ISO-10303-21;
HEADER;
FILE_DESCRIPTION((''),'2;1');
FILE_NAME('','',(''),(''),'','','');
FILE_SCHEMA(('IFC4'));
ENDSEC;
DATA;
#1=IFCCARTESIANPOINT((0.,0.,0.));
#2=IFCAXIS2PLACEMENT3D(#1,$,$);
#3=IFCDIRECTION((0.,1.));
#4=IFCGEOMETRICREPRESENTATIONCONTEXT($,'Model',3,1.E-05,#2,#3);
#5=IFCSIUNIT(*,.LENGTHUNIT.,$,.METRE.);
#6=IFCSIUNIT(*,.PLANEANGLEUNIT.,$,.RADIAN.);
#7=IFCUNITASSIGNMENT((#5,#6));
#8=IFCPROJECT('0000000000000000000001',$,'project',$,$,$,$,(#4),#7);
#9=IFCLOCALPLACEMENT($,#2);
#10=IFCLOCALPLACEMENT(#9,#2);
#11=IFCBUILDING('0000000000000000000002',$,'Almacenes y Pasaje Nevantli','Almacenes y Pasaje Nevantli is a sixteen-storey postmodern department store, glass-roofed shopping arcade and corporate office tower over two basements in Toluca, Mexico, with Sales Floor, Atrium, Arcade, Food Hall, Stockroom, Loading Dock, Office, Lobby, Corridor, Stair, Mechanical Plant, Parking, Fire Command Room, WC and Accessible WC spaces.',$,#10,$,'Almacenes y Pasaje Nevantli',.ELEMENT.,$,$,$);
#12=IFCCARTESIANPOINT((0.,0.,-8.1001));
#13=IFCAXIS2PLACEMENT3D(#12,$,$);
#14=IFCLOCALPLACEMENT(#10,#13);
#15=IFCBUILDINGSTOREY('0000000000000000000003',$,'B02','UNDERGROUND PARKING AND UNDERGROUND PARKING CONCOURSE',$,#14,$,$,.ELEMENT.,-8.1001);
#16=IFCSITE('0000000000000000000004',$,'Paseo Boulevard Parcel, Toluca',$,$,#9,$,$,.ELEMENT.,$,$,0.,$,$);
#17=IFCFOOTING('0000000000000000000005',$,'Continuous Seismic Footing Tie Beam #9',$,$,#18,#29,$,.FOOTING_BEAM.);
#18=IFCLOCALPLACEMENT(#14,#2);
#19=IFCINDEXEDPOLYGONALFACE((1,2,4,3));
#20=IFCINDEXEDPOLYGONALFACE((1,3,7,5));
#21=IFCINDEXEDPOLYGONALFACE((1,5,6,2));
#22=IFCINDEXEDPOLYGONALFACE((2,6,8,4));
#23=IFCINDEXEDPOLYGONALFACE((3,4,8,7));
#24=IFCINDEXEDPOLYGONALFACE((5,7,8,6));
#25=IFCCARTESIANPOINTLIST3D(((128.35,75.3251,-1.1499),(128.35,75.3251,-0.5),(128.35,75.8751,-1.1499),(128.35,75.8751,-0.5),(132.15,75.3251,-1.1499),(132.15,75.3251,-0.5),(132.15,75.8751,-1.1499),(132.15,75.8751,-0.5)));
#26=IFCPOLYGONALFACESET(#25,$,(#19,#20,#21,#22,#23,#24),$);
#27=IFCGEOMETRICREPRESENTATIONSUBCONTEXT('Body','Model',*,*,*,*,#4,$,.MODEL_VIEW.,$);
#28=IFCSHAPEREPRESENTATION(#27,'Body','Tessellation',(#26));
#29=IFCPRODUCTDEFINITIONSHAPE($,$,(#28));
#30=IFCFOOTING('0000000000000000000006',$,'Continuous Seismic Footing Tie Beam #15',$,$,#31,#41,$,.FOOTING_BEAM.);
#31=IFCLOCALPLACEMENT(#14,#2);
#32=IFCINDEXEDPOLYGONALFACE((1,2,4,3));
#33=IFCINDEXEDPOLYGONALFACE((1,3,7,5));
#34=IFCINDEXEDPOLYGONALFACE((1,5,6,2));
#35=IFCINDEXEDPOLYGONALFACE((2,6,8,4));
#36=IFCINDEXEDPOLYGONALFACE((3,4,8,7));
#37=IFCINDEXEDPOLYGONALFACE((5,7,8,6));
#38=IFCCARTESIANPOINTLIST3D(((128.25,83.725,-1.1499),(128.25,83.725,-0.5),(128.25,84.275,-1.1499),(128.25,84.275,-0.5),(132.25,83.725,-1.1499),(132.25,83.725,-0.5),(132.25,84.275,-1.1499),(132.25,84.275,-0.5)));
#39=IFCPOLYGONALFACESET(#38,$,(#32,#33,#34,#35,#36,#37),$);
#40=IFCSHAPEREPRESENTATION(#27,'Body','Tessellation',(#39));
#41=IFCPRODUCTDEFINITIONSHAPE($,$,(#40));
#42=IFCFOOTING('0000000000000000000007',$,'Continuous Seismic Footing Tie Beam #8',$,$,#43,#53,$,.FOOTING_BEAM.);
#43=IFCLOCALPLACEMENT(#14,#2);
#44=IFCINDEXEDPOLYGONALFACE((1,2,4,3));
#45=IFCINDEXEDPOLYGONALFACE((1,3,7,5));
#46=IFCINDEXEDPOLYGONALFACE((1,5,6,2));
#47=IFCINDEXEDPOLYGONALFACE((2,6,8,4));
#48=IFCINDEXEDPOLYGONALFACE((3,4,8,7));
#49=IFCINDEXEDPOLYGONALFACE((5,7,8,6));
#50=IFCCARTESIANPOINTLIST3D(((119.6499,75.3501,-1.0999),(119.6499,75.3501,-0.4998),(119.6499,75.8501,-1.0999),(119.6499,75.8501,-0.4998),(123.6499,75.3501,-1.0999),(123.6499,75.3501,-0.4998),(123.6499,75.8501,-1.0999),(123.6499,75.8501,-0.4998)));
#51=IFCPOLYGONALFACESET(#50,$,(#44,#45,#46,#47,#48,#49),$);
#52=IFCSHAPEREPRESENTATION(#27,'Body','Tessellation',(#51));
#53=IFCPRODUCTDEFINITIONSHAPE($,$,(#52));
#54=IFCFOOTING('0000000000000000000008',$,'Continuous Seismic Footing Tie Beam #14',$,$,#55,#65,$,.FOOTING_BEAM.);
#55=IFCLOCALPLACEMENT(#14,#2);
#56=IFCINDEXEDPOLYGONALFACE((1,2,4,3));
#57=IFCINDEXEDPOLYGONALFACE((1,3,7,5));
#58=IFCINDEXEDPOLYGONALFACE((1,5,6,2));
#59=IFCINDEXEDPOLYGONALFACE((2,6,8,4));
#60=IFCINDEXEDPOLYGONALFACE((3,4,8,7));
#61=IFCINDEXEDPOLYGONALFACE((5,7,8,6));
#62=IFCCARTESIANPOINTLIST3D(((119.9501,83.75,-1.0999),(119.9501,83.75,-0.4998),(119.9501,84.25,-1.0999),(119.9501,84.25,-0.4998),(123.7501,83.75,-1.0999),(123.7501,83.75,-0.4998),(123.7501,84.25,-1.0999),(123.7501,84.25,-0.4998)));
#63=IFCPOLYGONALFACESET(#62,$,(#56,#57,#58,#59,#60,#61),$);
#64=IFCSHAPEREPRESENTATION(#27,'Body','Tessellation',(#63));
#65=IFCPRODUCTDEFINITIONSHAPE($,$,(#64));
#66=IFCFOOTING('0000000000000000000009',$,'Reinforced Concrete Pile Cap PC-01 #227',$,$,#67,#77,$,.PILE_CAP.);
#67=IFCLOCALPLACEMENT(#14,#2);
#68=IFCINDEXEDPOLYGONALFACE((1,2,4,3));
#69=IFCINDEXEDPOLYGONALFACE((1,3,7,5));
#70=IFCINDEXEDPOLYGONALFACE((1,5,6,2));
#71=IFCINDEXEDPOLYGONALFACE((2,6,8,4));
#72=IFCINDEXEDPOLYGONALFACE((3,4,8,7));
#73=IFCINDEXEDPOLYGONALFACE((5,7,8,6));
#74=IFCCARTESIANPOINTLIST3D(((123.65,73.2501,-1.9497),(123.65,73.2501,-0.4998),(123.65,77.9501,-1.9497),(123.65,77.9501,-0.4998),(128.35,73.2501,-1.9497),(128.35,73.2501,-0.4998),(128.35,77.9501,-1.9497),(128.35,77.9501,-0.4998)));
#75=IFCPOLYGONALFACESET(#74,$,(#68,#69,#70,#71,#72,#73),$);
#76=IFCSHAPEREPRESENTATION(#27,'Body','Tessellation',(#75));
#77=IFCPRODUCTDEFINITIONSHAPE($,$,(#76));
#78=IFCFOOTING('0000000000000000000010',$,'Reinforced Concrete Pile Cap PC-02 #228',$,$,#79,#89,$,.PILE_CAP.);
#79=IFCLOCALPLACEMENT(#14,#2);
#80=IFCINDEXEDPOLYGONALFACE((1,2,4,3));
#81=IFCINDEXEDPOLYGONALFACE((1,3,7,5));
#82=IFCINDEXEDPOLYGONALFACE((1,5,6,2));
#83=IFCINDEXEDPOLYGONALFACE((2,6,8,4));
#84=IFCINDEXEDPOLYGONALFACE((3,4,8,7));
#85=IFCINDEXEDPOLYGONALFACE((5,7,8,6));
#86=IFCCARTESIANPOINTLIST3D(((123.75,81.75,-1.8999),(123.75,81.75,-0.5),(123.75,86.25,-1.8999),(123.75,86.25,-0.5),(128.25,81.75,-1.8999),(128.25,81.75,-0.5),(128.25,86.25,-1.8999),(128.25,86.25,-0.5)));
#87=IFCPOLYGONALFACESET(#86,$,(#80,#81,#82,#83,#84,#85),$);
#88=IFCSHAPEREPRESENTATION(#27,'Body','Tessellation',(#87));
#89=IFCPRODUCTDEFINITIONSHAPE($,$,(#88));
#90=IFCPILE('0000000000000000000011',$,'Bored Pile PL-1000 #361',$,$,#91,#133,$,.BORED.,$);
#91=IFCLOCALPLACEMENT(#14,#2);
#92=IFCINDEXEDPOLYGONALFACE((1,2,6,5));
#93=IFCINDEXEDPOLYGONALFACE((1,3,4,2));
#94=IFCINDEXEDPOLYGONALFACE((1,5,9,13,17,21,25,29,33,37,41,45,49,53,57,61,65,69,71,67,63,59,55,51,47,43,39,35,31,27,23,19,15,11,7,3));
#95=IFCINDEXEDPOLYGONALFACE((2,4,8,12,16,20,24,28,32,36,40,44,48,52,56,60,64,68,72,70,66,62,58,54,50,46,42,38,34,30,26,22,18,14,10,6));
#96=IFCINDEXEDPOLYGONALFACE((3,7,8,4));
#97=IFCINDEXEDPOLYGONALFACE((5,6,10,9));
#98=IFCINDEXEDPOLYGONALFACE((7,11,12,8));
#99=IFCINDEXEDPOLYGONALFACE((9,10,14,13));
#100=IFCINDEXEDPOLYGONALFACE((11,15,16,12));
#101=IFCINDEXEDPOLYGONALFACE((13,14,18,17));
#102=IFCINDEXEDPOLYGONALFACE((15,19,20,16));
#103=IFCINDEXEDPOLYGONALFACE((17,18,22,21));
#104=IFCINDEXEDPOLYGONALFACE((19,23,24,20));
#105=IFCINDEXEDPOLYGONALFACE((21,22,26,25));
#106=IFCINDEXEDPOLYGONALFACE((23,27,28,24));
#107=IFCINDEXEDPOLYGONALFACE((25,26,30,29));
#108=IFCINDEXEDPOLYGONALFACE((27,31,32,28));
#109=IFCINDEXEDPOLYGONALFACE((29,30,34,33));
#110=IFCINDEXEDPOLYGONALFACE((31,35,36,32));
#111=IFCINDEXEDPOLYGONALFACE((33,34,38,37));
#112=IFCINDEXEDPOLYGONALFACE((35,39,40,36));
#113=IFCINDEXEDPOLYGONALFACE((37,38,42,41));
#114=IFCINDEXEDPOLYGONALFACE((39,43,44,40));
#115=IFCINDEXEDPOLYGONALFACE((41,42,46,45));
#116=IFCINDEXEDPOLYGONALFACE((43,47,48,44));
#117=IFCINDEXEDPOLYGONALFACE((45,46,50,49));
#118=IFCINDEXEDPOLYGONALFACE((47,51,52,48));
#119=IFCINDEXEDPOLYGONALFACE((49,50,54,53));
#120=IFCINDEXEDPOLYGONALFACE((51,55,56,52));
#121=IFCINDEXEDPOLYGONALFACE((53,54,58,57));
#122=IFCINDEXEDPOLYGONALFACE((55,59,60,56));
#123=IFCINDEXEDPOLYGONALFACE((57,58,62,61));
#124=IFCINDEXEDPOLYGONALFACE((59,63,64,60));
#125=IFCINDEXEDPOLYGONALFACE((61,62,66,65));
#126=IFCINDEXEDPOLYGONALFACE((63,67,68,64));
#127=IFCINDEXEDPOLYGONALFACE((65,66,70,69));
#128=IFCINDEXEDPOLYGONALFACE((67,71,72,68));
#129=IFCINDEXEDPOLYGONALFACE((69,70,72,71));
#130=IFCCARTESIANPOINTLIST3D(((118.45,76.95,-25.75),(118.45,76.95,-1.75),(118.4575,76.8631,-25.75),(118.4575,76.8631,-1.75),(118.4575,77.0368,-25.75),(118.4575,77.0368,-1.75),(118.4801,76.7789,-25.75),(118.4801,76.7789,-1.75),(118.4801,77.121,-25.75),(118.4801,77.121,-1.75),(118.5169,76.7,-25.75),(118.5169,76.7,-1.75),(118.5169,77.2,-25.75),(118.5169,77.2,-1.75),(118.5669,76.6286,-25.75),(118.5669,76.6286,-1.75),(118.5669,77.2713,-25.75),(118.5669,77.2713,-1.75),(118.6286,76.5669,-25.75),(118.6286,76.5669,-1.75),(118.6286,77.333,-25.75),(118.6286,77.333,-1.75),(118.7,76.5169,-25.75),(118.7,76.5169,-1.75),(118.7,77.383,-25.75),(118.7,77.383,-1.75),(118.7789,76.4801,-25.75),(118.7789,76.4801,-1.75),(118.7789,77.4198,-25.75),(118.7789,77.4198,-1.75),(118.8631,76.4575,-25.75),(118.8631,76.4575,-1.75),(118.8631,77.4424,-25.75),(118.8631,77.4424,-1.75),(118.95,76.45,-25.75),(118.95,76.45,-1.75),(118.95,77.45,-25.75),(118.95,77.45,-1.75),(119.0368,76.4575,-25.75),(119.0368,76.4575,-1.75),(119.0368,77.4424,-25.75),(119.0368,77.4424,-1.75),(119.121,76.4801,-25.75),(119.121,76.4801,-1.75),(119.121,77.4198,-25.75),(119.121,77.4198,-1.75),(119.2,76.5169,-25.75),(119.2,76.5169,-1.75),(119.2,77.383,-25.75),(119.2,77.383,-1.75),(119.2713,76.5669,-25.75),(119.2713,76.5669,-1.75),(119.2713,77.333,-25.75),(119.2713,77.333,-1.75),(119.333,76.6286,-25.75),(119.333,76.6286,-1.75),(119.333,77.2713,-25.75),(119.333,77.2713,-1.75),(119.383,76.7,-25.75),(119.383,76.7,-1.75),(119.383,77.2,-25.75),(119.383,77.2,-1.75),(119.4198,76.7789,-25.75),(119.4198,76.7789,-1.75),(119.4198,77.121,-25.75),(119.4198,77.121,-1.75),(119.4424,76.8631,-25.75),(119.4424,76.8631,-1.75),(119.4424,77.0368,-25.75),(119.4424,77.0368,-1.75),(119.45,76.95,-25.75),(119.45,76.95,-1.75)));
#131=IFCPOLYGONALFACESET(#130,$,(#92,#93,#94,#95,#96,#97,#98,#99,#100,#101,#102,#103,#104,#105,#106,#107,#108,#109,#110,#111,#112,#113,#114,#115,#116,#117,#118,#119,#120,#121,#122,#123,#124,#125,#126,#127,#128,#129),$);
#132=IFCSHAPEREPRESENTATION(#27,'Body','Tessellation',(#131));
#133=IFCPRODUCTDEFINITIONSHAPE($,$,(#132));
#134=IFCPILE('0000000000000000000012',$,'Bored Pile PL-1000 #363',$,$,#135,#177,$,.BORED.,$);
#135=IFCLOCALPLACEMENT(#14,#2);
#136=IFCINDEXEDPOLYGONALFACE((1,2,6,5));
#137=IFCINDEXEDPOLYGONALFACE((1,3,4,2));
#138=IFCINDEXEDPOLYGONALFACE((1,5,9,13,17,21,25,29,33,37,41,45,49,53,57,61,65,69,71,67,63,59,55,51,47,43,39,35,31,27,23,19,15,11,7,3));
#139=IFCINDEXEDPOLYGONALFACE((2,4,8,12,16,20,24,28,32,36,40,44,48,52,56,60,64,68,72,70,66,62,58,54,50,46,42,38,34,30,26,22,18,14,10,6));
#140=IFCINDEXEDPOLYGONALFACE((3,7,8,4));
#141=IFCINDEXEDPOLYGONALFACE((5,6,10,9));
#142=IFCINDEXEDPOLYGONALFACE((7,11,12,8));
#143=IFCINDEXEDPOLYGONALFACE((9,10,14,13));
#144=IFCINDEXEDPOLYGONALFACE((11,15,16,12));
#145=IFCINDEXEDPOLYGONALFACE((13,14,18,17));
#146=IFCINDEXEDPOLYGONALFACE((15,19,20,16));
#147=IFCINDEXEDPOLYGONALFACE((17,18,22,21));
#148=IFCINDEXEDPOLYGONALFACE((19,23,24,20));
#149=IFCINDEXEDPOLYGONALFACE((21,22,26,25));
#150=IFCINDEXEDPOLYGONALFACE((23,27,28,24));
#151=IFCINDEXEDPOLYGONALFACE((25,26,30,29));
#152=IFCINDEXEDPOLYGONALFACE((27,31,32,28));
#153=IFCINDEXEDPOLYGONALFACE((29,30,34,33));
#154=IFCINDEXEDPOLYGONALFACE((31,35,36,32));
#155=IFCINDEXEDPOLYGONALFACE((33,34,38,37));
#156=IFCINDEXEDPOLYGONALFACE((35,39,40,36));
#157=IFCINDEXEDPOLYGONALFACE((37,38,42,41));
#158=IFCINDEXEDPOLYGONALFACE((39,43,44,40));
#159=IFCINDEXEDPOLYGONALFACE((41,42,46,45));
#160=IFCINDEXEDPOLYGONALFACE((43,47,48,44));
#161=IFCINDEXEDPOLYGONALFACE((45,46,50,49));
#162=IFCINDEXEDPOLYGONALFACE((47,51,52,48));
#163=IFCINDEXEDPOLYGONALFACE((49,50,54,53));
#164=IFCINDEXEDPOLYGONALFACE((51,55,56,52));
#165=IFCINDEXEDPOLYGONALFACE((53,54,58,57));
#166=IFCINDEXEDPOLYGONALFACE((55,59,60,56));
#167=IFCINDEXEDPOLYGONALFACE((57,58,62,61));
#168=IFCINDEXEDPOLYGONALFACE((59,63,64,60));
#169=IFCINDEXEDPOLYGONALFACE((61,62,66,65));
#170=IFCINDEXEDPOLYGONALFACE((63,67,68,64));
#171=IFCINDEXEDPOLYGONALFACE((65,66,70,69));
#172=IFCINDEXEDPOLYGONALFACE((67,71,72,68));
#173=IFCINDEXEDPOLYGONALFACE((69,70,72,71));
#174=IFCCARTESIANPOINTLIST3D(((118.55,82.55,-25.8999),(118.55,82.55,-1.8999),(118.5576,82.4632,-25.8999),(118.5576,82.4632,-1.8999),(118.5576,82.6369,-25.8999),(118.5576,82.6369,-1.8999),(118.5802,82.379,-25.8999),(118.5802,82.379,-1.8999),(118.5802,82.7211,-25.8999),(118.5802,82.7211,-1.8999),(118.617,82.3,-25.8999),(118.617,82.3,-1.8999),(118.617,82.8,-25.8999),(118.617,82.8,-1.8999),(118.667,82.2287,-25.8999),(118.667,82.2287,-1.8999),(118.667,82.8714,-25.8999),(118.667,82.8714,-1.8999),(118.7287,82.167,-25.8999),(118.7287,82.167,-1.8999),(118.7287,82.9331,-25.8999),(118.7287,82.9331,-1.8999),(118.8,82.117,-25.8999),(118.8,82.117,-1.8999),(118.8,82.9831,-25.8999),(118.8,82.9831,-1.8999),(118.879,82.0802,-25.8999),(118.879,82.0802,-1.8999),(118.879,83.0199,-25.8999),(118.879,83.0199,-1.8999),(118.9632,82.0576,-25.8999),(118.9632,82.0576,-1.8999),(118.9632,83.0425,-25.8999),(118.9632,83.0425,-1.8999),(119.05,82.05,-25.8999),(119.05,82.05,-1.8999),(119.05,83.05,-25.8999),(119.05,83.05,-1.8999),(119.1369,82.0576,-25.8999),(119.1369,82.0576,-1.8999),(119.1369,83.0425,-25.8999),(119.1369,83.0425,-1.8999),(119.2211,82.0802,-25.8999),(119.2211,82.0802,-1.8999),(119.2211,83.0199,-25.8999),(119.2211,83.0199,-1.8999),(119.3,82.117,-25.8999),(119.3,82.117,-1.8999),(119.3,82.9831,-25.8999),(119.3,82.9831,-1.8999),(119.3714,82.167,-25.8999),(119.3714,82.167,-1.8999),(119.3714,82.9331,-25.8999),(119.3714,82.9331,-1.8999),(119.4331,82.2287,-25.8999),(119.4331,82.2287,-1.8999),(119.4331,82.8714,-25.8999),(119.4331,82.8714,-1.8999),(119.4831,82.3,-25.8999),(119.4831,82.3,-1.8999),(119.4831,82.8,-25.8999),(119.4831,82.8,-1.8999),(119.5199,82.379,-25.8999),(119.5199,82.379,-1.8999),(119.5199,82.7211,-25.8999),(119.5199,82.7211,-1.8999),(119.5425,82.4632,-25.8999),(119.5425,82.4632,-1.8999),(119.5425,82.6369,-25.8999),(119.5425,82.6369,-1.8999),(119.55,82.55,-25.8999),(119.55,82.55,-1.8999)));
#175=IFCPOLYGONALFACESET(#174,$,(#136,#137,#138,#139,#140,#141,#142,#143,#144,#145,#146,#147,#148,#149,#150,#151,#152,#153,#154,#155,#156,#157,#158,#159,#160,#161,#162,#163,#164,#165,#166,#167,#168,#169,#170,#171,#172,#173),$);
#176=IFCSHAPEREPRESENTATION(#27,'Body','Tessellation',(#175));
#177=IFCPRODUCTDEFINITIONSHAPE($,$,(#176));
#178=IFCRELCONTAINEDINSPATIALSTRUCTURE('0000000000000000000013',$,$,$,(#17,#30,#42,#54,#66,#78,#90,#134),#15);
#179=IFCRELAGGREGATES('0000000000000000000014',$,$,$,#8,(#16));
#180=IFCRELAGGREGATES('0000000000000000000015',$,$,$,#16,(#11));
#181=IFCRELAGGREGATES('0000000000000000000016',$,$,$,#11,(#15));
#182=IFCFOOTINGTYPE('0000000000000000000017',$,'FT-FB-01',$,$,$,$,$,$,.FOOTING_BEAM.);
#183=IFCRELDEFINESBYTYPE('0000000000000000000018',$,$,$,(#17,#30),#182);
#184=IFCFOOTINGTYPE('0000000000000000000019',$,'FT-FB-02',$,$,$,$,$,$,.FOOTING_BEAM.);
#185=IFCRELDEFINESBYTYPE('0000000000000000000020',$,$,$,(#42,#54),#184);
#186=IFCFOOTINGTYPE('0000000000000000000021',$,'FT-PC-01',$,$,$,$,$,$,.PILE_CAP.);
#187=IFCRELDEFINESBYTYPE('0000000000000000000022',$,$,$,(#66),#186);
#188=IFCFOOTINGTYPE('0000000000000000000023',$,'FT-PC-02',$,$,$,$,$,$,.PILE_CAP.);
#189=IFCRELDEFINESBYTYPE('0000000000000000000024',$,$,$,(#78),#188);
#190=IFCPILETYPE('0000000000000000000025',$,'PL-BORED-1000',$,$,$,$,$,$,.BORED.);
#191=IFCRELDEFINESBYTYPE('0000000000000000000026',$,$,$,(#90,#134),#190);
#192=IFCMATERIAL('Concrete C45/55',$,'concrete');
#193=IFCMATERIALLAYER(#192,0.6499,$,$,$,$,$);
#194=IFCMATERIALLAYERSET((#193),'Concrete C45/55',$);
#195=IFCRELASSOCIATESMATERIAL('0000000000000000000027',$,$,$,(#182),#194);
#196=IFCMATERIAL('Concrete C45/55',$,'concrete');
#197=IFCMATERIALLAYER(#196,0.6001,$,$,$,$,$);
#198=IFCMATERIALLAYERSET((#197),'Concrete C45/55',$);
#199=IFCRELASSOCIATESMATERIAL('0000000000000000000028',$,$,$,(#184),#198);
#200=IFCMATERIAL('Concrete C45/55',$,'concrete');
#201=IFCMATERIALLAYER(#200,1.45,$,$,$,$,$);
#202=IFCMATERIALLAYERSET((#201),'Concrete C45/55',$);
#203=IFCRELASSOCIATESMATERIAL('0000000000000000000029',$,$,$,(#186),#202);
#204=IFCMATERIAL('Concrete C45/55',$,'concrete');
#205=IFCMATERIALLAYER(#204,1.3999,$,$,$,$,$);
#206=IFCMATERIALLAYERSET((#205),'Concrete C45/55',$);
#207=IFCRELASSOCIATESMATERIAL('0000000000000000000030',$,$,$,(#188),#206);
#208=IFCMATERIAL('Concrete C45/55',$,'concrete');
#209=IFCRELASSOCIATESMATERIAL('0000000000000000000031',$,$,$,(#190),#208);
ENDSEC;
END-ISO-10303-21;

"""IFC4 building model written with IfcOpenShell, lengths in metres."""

from ifc_helpers import new_model, si_unit, direction, frame, origin, origin_2d, place, context, subcontext, project, spatial, rectangle, circle, extrude, material, layer, layer_set, material_profile, profile_set, type_object, element, save


model = new_model("IFC4")

# Units and contexts
model_context = context("Model", 3, precision=1e-05, world=origin(), true_north=direction((0.0, 1.0)))
body_context = subcontext(model_context, "Body", "Model", "MODEL_VIEW")
ifc_project = project(units=[si_unit("LENGTHUNIT", "METRE"), si_unit("PLANEANGLEUNIT", "RADIAN")], contexts=[model_context])

# Site, building, storey
site_placement = place(None, origin())
site = spatial("IfcSite", under=ifc_project, at=site_placement, Name="Paseo Boulevard Parcel, Toluca", CompositionType="ELEMENT", RefElevation=0.0)
building_placement = place(site_placement, origin())
building = spatial("IfcBuilding", under=site, at=building_placement, Name="Almacenes y Pasaje Nevantli", Description="Almacenes y Pasaje Nevantli is a sixteen-storey postmodern department store, glass-roofed shopping arcade and corporate office tower over two basements in Toluca, Mexico, with Sales Floor, Atrium, Arcade, Food Hall, Stockroom, Loading Dock, Office, Lobby, Corridor, Stair, Mechanical Plant, Parking, Fire Command Room, WC and Accessible WC spaces.", LongName="Almacenes y Pasaje Nevantli", CompositionType="ELEMENT")
storey_placement = place(building_placement, frame((0.0, 0.0, -8.1001)))
storey = spatial("IfcBuildingStorey", under=building, at=storey_placement, Name="B02", Description="UNDERGROUND PARKING AND UNDERGROUND PARKING CONCOURSE", CompositionType="ELEMENT", Elevation=-8.1001)

# Footings
ifc_material_1 = material(Name="Concrete C45/55", Category="concrete")
ifc_layer_1 = layer(ifc_material_1, 0.6499)
ifc_layer_set_1 = layer_set([ifc_layer_1], Name="Concrete C45/55")
footing_type_1 = type_object("IfcFootingType", Name="FT-FB-01", PredefinedType="FOOTING_BEAM", material=ifc_layer_set_1)
footing_1_placement = place(storey_placement, frame((130.25, 75.6001, -1.1499), z_axis=(0.0, 0.0, 1.0), x_axis=(1.0, 0.0, 0.0)))
element("IfcFooting", 1, at=footing_1_placement, inside=storey, type_object=footing_type_1, Name="Continuous Seismic Footing Tie Beam #9", PredefinedType="FOOTING_BEAM", context=body_context, shape_type="SweptSolid", body=[
    extrude(rectangle(XDim=3.8, YDim=0.55, at=origin_2d()), origin(), (0.0, 0.0, 1.0), 0.6499),
])
footing_2_placement = place(storey_placement, frame((130.25, 84.0, -1.1499), z_axis=(0.0, 0.0, 1.0), x_axis=(1.0, 0.0, 0.0)))
element("IfcFooting", 2, at=footing_2_placement, inside=storey, type_object=footing_type_1, Name="Continuous Seismic Footing Tie Beam #15", PredefinedType="FOOTING_BEAM", context=body_context, shape_type="SweptSolid", body=[
    extrude(rectangle(XDim=4.0, YDim=0.55, at=origin_2d()), origin(), (0.0, 0.0, 1.0), 0.6499),
])
ifc_material_2 = material(Name="Concrete C45/55", Category="concrete")
ifc_layer_2 = layer(ifc_material_2, 0.6001)
ifc_layer_set_2 = layer_set([ifc_layer_2], Name="Concrete C45/55")
footing_type_2 = type_object("IfcFootingType", Name="FT-FB-02", PredefinedType="FOOTING_BEAM", material=ifc_layer_set_2)
footing_3_placement = place(storey_placement, frame((121.6499, 75.6001, -1.0999), z_axis=(0.0, 0.0, 1.0), x_axis=(1.0, 0.0, 0.0)))
element("IfcFooting", 3, at=footing_3_placement, inside=storey, type_object=footing_type_2, Name="Continuous Seismic Footing Tie Beam #8", PredefinedType="FOOTING_BEAM", context=body_context, shape_type="SweptSolid", body=[
    extrude(rectangle(XDim=4.0, YDim=0.5, at=origin_2d()), origin(), (0.0, 0.0, 1.0), 0.6001),
])
footing_4_placement = place(storey_placement, frame((121.8501, 84.0, -1.0999), z_axis=(0.0, 0.0, 1.0), x_axis=(1.0, 0.0, 0.0)))
element("IfcFooting", 4, at=footing_4_placement, inside=storey, type_object=footing_type_2, Name="Continuous Seismic Footing Tie Beam #14", PredefinedType="FOOTING_BEAM", context=body_context, shape_type="SweptSolid", body=[
    extrude(rectangle(XDim=3.8, YDim=0.5, at=origin_2d()), origin(), (0.0, 0.0, 1.0), 0.6001),
])
ifc_material_3 = material(Name="Concrete C45/55", Category="concrete")
ifc_layer_3 = layer(ifc_material_3, 1.45)
ifc_layer_set_3 = layer_set([ifc_layer_3], Name="Concrete C45/55")
footing_type_3 = type_object("IfcFootingType", Name="FT-PC-01", PredefinedType="PILE_CAP", material=ifc_layer_set_3)
footing_5_placement = place(storey_placement, frame((126.0, 75.6001, -1.9497), z_axis=(0.0, 0.0, 1.0), x_axis=(1.0, 0.0, 0.0)))
element("IfcFooting", 5, at=footing_5_placement, inside=storey, type_object=footing_type_3, Name="Reinforced Concrete Pile Cap PC-01 #227", PredefinedType="PILE_CAP", context=body_context, shape_type="SweptSolid", body=[
    extrude(rectangle(XDim=4.7, YDim=4.7, at=origin_2d()), origin(), (0.0, 0.0, 1.0), 1.45),
])
ifc_material_4 = material(Name="Concrete C45/55", Category="concrete")
ifc_layer_4 = layer(ifc_material_4, 1.3999)
ifc_layer_set_4 = layer_set([ifc_layer_4], Name="Concrete C45/55")
footing_type_4 = type_object("IfcFootingType", Name="FT-PC-02", PredefinedType="PILE_CAP", material=ifc_layer_set_4)
footing_6_placement = place(storey_placement, frame((126.0, 84.0, -1.8999), z_axis=(0.0, 0.0, 1.0), x_axis=(1.0, 0.0, 0.0)))
element("IfcFooting", 6, at=footing_6_placement, inside=storey, type_object=footing_type_4, Name="Reinforced Concrete Pile Cap PC-02 #228", PredefinedType="PILE_CAP", context=body_context, shape_type="SweptSolid", body=[
    extrude(rectangle(XDim=4.5, YDim=4.5, at=origin_2d()), origin(), (0.0, 0.0, 1.0), 1.3999),
])

# Piles
ifc_material_5 = material(Name="Concrete C45/55", Category="concrete")
ifc_material_profile_1 = material_profile(ifc_material_5, circle(Radius=0.5, at=origin_2d()), Name="RC-PILE-D1000")
ifc_profile_set_1 = profile_set([ifc_material_profile_1], Name="Concrete C45/55")
pile_type = type_object("IfcPileType", Name="PL-BORED-1000", PredefinedType="BORED", material=ifc_profile_set_1)
for number, where, z_axis, x_axis, name in (
    (7, (118.95, 76.95, -1.75), (0.0, 0.0, -1.0), (1.0, 0.0, 0.0), "Bored Pile PL-1000 #361"),
    (8, (119.05, 82.55, -1.8999), (0.0, 0.0, -1.0), (1.0, 0.0, 0.0), "Bored Pile PL-1000 #363"),
):
    element("IfcPile", number, at=place(storey_placement, frame(where, z_axis=z_axis, x_axis=x_axis)), inside=storey, type_object=pile_type, Name=name, PredefinedType="BORED", context=body_context, shape_type="SweptSolid", body=[
        extrude(circle(Radius=0.5, at=origin_2d()), origin(), (0.0, 0.0, 1.0), 24.0),
    ])

save(model, "model.ifc")
